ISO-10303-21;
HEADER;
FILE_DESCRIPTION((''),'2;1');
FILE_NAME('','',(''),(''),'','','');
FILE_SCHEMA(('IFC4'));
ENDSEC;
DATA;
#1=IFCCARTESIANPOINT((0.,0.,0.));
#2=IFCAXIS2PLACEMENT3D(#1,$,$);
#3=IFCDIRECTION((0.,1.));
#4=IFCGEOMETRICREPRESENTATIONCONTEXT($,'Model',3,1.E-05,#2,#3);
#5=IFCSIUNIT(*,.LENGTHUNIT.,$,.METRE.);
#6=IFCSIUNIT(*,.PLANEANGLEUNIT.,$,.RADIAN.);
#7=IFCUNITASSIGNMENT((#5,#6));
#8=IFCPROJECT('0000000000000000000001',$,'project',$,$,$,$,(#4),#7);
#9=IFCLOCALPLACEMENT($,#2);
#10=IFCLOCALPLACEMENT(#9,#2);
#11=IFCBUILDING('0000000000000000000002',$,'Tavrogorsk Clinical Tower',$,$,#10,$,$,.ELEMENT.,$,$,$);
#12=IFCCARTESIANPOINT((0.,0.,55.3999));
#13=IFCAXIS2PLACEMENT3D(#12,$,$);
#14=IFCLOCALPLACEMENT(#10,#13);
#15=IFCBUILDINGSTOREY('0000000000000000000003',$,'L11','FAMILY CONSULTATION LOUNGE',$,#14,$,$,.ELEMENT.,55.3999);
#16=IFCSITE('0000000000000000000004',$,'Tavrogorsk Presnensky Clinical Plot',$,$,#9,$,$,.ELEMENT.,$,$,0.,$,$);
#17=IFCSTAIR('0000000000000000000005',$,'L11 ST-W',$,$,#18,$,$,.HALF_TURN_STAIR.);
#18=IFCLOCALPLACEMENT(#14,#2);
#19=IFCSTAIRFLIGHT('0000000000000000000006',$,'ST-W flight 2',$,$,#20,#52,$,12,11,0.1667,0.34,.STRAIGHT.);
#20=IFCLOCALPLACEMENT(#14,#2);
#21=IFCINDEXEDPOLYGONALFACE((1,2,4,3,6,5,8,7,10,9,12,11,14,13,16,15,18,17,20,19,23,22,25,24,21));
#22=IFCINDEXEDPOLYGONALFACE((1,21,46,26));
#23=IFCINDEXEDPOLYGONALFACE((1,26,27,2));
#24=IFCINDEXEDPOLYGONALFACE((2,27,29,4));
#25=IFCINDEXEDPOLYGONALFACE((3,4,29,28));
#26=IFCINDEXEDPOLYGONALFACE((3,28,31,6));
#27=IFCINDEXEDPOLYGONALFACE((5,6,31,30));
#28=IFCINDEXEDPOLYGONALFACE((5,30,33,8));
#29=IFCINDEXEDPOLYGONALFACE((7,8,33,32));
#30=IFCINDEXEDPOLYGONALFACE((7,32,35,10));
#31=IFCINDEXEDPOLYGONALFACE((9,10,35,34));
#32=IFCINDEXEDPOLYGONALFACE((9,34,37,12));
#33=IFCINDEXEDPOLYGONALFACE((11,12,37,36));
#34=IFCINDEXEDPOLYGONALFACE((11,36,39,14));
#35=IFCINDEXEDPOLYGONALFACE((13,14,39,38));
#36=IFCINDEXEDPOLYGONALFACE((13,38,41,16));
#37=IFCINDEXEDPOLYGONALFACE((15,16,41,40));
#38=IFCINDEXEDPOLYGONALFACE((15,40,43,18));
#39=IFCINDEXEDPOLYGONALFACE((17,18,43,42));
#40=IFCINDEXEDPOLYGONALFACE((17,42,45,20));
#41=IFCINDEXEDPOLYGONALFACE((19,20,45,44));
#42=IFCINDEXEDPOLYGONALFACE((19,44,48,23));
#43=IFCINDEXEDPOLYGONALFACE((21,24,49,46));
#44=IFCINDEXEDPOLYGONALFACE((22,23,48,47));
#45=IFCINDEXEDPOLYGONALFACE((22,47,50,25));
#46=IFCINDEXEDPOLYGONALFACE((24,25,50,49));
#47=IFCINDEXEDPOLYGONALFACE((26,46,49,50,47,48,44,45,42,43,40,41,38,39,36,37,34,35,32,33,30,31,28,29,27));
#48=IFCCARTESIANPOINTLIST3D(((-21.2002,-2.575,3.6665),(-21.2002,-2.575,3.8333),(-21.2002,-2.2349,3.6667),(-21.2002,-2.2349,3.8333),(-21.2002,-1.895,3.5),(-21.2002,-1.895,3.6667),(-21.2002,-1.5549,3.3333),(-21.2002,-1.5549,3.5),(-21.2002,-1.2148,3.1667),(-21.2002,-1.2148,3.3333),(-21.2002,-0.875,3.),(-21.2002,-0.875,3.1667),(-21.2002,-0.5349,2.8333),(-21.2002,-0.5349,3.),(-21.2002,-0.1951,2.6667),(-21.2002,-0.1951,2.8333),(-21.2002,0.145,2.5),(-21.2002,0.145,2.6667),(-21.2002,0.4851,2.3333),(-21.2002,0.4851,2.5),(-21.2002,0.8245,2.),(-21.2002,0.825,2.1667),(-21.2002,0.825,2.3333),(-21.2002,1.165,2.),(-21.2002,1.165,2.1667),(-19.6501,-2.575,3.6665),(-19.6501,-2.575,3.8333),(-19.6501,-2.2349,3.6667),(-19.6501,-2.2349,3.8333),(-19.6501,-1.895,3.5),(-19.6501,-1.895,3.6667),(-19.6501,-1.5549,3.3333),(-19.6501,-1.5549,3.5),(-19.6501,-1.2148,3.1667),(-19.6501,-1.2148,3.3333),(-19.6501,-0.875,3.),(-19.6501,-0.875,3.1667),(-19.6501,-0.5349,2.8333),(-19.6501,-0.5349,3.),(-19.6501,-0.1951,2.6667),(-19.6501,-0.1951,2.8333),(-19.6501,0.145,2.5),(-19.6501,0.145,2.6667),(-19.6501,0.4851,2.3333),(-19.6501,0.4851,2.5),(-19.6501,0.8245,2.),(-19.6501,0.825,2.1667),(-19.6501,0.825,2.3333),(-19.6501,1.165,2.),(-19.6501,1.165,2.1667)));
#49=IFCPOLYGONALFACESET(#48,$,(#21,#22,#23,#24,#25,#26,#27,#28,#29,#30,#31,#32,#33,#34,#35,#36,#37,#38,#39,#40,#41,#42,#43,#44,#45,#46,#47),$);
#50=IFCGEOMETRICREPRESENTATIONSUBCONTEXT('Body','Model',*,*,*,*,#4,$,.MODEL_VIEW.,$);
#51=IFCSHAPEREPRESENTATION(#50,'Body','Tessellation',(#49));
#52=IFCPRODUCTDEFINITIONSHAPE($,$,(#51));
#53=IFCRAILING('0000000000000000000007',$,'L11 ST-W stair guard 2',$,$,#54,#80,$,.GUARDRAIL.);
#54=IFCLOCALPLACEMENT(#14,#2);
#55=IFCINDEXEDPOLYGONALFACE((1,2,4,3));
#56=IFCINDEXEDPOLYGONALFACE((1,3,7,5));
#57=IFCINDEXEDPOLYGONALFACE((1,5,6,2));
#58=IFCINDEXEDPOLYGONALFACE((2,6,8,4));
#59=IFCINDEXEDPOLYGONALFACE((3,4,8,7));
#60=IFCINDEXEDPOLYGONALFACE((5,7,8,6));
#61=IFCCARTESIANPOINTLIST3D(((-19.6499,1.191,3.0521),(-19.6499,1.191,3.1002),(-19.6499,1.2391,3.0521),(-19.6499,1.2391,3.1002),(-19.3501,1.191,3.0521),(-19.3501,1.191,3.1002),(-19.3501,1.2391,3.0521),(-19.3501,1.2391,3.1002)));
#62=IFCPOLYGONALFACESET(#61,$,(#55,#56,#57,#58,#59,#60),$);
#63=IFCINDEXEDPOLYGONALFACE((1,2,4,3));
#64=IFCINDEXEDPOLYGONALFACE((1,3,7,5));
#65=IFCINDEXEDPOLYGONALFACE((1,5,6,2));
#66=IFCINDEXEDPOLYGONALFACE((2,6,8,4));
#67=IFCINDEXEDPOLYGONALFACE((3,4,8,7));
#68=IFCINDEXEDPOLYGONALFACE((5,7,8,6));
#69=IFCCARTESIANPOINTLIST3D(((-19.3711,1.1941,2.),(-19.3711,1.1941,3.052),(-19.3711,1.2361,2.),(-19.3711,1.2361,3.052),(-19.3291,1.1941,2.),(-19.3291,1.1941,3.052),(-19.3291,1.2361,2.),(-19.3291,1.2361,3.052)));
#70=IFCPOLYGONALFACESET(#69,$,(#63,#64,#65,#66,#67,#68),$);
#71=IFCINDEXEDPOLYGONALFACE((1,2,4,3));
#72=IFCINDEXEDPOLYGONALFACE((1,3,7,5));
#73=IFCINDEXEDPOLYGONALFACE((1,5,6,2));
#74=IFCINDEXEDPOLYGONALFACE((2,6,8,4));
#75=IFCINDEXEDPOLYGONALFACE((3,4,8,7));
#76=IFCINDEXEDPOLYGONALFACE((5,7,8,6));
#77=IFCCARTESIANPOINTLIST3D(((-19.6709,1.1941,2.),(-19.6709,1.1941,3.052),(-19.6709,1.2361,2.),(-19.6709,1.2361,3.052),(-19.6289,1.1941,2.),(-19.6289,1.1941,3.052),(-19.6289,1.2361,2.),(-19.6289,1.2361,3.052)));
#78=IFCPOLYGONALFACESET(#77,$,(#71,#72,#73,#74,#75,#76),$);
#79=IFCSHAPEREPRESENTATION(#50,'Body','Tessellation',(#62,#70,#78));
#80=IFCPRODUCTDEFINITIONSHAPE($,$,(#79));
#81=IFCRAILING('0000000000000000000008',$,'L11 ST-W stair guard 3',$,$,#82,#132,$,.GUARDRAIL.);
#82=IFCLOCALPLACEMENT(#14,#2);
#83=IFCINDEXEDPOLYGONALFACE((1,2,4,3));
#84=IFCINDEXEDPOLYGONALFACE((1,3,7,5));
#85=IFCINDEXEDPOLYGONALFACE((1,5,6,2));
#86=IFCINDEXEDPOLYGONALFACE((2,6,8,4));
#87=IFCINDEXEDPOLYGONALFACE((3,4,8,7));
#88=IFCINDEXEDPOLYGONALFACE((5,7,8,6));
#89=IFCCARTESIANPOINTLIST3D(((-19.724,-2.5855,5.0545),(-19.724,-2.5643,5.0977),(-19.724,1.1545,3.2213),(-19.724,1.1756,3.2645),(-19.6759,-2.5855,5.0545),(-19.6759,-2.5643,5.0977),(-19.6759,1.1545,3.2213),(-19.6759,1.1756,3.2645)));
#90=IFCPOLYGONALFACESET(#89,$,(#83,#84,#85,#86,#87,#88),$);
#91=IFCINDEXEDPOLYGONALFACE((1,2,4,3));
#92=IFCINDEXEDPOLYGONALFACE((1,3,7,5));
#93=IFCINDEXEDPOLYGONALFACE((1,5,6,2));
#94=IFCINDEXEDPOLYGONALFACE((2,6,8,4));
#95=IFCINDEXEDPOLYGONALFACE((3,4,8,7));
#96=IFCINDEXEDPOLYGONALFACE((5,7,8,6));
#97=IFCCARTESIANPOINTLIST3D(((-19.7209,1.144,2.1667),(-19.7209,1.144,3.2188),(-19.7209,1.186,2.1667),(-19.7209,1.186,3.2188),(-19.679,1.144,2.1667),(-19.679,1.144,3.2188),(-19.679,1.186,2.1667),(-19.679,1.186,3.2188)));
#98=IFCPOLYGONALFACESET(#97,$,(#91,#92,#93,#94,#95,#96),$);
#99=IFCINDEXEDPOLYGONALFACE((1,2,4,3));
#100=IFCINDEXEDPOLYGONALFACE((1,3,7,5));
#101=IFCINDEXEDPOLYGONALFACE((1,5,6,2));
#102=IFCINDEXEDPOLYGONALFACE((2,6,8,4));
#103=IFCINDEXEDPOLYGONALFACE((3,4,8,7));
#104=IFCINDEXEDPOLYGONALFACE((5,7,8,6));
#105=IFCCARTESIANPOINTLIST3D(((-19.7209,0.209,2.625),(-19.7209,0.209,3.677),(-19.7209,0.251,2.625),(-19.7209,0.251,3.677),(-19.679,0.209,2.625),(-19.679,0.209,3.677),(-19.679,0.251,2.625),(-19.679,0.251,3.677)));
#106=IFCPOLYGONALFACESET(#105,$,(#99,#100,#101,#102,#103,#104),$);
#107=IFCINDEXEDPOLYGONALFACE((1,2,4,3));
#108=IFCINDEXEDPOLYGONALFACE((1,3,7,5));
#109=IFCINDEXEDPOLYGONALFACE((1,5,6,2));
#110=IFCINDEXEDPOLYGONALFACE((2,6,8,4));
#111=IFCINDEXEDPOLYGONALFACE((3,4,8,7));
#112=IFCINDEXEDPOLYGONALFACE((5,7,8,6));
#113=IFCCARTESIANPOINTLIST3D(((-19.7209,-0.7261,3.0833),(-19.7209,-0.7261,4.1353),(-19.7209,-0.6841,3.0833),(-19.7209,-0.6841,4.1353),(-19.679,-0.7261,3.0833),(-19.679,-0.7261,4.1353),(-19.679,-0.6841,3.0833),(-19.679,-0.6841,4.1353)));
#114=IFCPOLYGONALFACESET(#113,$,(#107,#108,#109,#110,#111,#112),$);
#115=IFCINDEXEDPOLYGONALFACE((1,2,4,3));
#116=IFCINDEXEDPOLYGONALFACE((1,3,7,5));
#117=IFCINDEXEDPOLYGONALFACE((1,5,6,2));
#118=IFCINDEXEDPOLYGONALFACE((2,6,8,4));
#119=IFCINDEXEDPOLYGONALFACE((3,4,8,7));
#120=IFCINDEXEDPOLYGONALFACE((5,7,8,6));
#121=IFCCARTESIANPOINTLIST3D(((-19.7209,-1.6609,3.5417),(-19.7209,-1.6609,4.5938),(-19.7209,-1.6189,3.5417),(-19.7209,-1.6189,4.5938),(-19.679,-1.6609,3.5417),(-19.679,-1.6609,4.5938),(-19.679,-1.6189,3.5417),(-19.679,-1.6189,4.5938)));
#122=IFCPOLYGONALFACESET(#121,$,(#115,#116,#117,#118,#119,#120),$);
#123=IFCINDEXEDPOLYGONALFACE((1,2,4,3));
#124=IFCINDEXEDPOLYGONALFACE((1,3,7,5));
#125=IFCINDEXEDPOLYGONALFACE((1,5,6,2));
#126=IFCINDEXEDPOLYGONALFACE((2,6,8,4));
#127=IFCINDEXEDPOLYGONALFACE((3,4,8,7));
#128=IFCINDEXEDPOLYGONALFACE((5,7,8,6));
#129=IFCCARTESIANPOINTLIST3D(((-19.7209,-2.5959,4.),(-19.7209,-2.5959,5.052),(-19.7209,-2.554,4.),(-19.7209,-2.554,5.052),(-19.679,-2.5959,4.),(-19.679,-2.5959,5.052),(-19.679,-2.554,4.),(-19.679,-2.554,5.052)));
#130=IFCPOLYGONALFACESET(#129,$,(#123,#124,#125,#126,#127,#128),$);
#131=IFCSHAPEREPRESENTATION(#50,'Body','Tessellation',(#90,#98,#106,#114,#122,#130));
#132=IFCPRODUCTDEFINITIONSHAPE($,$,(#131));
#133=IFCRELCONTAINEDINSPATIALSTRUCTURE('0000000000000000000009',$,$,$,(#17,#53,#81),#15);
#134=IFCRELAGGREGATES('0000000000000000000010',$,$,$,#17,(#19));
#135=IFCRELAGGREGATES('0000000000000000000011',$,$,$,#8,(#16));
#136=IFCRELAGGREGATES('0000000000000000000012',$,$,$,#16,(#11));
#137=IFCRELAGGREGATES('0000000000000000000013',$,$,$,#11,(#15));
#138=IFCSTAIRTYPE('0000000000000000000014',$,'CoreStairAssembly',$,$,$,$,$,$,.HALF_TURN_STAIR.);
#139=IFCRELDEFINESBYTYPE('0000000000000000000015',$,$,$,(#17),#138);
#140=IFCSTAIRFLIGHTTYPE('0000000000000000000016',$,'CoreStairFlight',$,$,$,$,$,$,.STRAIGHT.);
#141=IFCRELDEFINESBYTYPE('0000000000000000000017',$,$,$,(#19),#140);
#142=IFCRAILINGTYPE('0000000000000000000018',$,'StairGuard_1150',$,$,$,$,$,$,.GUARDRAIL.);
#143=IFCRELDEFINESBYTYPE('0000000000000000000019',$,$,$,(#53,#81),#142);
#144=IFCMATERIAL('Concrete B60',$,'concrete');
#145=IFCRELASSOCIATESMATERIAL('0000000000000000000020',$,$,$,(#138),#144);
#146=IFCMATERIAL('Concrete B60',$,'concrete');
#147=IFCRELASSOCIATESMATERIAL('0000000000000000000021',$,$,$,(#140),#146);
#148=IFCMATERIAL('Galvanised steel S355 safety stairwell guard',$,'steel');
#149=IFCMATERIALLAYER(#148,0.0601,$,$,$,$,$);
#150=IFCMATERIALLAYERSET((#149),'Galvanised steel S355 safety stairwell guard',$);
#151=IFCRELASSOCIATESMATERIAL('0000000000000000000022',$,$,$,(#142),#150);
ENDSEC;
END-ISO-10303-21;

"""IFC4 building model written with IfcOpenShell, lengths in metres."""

from ifc_helpers import new_model, si_unit, direction, frame, origin, origin_2d, place, context, subcontext, project, spatial, polyline, rectangle, outline, extrude, material, layer, layer_set, type_object, element, aggregate, save


model = new_model("IFC4")

# Units and contexts
model_context = context("Model", 3, precision=1e-05, world=origin(), true_north=direction((0.0, 1.0)))
body_context = subcontext(model_context, "Body", "Model", "MODEL_VIEW")
ifc_project = project(units=[si_unit("LENGTHUNIT", "METRE"), si_unit("PLANEANGLEUNIT", "RADIAN")], contexts=[model_context])

# Site, building, storey
site_placement = place(None, origin())
site = spatial("IfcSite", under=ifc_project, at=site_placement, Name="Tavrogorsk Presnensky Clinical Plot", CompositionType="ELEMENT", RefElevation=0.0)
building_placement = place(site_placement, origin())
building = spatial("IfcBuilding", under=site, at=building_placement, Name="Tavrogorsk Clinical Tower", CompositionType="ELEMENT")
storey_placement = place(building_placement, frame((0.0, 0.0, 55.3999)))
storey = spatial("IfcBuildingStorey", under=building, at=storey_placement, Name="L11", Description="FAMILY CONSULTATION LOUNGE", CompositionType="ELEMENT", Elevation=55.3999)

# Stair, stair flight
ifc_material_1 = material(Name="Concrete B60", Category="concrete")
stair_type = type_object("IfcStairType", Name="CoreStairAssembly", PredefinedType="HALF_TURN_STAIR", material=ifc_material_1)
stair_placement = place(storey_placement, origin())
stair = element("IfcStair", 1, at=stair_placement, inside=storey, type_object=stair_type, Name="L11 ST-W", PredefinedType="HALF_TURN_STAIR")
ifc_material_2 = material(Name="Concrete B60", Category="concrete")
stair_flight_type = type_object("IfcStairFlightType", Name="CoreStairFlight", PredefinedType="STRAIGHT", material=ifc_material_2)
stair_flight_placement = place(storey_placement, frame((-20.425, 1.165, 2.0), z_axis=(0.0, 0.0, 1.0), x_axis=(0.0, -1.0, 0.0)))
stair_flight = element("IfcStairFlight", 2, at=stair_flight_placement, type_object=stair_flight_type, Name="ST-W flight 2", NumberOfRisers=12, NumberOfTreads=11, PredefinedType="STRAIGHT", RiserHeight=0.1667, TreadLength=0.34, context=body_context, shape_type="SweptSolid", body=[
    extrude(outline(polyline([(0.0, 0.0), (0.0, 0.1667), (0.3401, 0.1667), (0.3401, 0.3333), (0.6799, 0.3333), (0.6799, 0.5), (1.02, 0.5), (1.02, 0.6667), (1.3601, 0.6667), (1.3601, 0.8333), (1.7, 0.8333), (1.7, 1.0), (2.04, 1.0), (2.04, 1.1667), (2.3799, 1.1667), (2.3799, 1.3333), (2.72, 1.3333), (2.72, 1.5), (3.0601, 1.5), (3.0601, 1.6667), (3.3999, 1.6667), (3.3999, 1.8333), (3.74, 1.8333), (3.74, 2.0), (3.74, 1.6665), (0.3406, 0.0), (0.0, 0.0)])), frame((0.0, 0.7749, 0.0), z_axis=(0.0, -1.0, 0.0), x_axis=(1.0, 0.0, 0.0)), (0.0, 0.0, 1.0), 1.55),
])
aggregate(stair, [stair_flight])

# Railings
ifc_material_3 = material(Name="Galvanised steel S355 safety stairwell guard", Category="steel")
ifc_layer_1 = layer(ifc_material_3, 0.0601)
ifc_layer_set_1 = layer_set([ifc_layer_1], Name="Galvanised steel S355 safety stairwell guard")
railing_type = type_object("IfcRailingType", Name="StairGuard_1150", PredefinedType="GUARDRAIL", material=ifc_layer_set_1)
railing_1_placement = place(storey_placement, frame((-19.3501, 1.2151, 2.0)))
element("IfcRailing", 3, at=railing_1_placement, inside=storey, type_object=railing_type, Name="L11 ST-W stair guard 2", PredefinedType="GUARDRAIL", context=body_context, shape_type="SweptSolid", body=[
    extrude(rectangle(XDim=0.0481, YDim=0.0481, at=origin_2d()), frame((0.0, 0.0, 1.0762), z_axis=(-1.0, 0.0, 0.0), x_axis=(0.0, -1.0, 0.0)), (0.0, 0.0, 1.0), 0.2998),
    extrude(rectangle(XDim=0.042, YDim=0.042, at=origin_2d()), origin(), (0.0, 0.0, 1.0), 1.052),
    extrude(rectangle(XDim=0.042, YDim=0.042, at=origin_2d()), frame((-0.2998, 0.0, 0.0)), (0.0, 0.0, 1.0), 1.052),
])
railing_2_placement = place(storey_placement, frame((-19.7, 1.165, 2.1667)))
element("IfcRailing", 4, at=railing_2_placement, inside=storey, type_object=railing_type, Name="L11 ST-W stair guard 3", PredefinedType="GUARDRAIL", context=body_context, shape_type="SweptSolid", body=[
    extrude(rectangle(XDim=0.0481, YDim=0.0481, at=origin_2d()), frame((0.0, 0.0, 1.0762), z_axis=(0.0, -0.897928, 0.440142), x_axis=(1.0, 0.0, 0.0)), (0.0, 0.0, 1.0), 4.165),
    extrude(rectangle(XDim=0.042, YDim=0.042, at=origin_2d()), origin(), (0.0, 0.0, 1.0), 1.052),
    extrude(rectangle(XDim=0.042, YDim=0.042, at=origin_2d()), frame((0.0, -0.9351, 0.4583)), (0.0, 0.0, 1.0), 1.052),
    extrude(rectangle(XDim=0.042, YDim=0.042, at=origin_2d()), frame((0.0, -1.8701, 0.9165)), (0.0, 0.0, 1.0), 1.052),
    extrude(rectangle(XDim=0.042, YDim=0.042, at=origin_2d()), frame((0.0, -2.8049, 1.375)), (0.0, 0.0, 1.0), 1.052),
    extrude(rectangle(XDim=0.042, YDim=0.042, at=origin_2d()), frame((0.0, -3.74, 1.8333)), (0.0, 0.0, 1.0), 1.052),
])

save(model, "model.ifc")
